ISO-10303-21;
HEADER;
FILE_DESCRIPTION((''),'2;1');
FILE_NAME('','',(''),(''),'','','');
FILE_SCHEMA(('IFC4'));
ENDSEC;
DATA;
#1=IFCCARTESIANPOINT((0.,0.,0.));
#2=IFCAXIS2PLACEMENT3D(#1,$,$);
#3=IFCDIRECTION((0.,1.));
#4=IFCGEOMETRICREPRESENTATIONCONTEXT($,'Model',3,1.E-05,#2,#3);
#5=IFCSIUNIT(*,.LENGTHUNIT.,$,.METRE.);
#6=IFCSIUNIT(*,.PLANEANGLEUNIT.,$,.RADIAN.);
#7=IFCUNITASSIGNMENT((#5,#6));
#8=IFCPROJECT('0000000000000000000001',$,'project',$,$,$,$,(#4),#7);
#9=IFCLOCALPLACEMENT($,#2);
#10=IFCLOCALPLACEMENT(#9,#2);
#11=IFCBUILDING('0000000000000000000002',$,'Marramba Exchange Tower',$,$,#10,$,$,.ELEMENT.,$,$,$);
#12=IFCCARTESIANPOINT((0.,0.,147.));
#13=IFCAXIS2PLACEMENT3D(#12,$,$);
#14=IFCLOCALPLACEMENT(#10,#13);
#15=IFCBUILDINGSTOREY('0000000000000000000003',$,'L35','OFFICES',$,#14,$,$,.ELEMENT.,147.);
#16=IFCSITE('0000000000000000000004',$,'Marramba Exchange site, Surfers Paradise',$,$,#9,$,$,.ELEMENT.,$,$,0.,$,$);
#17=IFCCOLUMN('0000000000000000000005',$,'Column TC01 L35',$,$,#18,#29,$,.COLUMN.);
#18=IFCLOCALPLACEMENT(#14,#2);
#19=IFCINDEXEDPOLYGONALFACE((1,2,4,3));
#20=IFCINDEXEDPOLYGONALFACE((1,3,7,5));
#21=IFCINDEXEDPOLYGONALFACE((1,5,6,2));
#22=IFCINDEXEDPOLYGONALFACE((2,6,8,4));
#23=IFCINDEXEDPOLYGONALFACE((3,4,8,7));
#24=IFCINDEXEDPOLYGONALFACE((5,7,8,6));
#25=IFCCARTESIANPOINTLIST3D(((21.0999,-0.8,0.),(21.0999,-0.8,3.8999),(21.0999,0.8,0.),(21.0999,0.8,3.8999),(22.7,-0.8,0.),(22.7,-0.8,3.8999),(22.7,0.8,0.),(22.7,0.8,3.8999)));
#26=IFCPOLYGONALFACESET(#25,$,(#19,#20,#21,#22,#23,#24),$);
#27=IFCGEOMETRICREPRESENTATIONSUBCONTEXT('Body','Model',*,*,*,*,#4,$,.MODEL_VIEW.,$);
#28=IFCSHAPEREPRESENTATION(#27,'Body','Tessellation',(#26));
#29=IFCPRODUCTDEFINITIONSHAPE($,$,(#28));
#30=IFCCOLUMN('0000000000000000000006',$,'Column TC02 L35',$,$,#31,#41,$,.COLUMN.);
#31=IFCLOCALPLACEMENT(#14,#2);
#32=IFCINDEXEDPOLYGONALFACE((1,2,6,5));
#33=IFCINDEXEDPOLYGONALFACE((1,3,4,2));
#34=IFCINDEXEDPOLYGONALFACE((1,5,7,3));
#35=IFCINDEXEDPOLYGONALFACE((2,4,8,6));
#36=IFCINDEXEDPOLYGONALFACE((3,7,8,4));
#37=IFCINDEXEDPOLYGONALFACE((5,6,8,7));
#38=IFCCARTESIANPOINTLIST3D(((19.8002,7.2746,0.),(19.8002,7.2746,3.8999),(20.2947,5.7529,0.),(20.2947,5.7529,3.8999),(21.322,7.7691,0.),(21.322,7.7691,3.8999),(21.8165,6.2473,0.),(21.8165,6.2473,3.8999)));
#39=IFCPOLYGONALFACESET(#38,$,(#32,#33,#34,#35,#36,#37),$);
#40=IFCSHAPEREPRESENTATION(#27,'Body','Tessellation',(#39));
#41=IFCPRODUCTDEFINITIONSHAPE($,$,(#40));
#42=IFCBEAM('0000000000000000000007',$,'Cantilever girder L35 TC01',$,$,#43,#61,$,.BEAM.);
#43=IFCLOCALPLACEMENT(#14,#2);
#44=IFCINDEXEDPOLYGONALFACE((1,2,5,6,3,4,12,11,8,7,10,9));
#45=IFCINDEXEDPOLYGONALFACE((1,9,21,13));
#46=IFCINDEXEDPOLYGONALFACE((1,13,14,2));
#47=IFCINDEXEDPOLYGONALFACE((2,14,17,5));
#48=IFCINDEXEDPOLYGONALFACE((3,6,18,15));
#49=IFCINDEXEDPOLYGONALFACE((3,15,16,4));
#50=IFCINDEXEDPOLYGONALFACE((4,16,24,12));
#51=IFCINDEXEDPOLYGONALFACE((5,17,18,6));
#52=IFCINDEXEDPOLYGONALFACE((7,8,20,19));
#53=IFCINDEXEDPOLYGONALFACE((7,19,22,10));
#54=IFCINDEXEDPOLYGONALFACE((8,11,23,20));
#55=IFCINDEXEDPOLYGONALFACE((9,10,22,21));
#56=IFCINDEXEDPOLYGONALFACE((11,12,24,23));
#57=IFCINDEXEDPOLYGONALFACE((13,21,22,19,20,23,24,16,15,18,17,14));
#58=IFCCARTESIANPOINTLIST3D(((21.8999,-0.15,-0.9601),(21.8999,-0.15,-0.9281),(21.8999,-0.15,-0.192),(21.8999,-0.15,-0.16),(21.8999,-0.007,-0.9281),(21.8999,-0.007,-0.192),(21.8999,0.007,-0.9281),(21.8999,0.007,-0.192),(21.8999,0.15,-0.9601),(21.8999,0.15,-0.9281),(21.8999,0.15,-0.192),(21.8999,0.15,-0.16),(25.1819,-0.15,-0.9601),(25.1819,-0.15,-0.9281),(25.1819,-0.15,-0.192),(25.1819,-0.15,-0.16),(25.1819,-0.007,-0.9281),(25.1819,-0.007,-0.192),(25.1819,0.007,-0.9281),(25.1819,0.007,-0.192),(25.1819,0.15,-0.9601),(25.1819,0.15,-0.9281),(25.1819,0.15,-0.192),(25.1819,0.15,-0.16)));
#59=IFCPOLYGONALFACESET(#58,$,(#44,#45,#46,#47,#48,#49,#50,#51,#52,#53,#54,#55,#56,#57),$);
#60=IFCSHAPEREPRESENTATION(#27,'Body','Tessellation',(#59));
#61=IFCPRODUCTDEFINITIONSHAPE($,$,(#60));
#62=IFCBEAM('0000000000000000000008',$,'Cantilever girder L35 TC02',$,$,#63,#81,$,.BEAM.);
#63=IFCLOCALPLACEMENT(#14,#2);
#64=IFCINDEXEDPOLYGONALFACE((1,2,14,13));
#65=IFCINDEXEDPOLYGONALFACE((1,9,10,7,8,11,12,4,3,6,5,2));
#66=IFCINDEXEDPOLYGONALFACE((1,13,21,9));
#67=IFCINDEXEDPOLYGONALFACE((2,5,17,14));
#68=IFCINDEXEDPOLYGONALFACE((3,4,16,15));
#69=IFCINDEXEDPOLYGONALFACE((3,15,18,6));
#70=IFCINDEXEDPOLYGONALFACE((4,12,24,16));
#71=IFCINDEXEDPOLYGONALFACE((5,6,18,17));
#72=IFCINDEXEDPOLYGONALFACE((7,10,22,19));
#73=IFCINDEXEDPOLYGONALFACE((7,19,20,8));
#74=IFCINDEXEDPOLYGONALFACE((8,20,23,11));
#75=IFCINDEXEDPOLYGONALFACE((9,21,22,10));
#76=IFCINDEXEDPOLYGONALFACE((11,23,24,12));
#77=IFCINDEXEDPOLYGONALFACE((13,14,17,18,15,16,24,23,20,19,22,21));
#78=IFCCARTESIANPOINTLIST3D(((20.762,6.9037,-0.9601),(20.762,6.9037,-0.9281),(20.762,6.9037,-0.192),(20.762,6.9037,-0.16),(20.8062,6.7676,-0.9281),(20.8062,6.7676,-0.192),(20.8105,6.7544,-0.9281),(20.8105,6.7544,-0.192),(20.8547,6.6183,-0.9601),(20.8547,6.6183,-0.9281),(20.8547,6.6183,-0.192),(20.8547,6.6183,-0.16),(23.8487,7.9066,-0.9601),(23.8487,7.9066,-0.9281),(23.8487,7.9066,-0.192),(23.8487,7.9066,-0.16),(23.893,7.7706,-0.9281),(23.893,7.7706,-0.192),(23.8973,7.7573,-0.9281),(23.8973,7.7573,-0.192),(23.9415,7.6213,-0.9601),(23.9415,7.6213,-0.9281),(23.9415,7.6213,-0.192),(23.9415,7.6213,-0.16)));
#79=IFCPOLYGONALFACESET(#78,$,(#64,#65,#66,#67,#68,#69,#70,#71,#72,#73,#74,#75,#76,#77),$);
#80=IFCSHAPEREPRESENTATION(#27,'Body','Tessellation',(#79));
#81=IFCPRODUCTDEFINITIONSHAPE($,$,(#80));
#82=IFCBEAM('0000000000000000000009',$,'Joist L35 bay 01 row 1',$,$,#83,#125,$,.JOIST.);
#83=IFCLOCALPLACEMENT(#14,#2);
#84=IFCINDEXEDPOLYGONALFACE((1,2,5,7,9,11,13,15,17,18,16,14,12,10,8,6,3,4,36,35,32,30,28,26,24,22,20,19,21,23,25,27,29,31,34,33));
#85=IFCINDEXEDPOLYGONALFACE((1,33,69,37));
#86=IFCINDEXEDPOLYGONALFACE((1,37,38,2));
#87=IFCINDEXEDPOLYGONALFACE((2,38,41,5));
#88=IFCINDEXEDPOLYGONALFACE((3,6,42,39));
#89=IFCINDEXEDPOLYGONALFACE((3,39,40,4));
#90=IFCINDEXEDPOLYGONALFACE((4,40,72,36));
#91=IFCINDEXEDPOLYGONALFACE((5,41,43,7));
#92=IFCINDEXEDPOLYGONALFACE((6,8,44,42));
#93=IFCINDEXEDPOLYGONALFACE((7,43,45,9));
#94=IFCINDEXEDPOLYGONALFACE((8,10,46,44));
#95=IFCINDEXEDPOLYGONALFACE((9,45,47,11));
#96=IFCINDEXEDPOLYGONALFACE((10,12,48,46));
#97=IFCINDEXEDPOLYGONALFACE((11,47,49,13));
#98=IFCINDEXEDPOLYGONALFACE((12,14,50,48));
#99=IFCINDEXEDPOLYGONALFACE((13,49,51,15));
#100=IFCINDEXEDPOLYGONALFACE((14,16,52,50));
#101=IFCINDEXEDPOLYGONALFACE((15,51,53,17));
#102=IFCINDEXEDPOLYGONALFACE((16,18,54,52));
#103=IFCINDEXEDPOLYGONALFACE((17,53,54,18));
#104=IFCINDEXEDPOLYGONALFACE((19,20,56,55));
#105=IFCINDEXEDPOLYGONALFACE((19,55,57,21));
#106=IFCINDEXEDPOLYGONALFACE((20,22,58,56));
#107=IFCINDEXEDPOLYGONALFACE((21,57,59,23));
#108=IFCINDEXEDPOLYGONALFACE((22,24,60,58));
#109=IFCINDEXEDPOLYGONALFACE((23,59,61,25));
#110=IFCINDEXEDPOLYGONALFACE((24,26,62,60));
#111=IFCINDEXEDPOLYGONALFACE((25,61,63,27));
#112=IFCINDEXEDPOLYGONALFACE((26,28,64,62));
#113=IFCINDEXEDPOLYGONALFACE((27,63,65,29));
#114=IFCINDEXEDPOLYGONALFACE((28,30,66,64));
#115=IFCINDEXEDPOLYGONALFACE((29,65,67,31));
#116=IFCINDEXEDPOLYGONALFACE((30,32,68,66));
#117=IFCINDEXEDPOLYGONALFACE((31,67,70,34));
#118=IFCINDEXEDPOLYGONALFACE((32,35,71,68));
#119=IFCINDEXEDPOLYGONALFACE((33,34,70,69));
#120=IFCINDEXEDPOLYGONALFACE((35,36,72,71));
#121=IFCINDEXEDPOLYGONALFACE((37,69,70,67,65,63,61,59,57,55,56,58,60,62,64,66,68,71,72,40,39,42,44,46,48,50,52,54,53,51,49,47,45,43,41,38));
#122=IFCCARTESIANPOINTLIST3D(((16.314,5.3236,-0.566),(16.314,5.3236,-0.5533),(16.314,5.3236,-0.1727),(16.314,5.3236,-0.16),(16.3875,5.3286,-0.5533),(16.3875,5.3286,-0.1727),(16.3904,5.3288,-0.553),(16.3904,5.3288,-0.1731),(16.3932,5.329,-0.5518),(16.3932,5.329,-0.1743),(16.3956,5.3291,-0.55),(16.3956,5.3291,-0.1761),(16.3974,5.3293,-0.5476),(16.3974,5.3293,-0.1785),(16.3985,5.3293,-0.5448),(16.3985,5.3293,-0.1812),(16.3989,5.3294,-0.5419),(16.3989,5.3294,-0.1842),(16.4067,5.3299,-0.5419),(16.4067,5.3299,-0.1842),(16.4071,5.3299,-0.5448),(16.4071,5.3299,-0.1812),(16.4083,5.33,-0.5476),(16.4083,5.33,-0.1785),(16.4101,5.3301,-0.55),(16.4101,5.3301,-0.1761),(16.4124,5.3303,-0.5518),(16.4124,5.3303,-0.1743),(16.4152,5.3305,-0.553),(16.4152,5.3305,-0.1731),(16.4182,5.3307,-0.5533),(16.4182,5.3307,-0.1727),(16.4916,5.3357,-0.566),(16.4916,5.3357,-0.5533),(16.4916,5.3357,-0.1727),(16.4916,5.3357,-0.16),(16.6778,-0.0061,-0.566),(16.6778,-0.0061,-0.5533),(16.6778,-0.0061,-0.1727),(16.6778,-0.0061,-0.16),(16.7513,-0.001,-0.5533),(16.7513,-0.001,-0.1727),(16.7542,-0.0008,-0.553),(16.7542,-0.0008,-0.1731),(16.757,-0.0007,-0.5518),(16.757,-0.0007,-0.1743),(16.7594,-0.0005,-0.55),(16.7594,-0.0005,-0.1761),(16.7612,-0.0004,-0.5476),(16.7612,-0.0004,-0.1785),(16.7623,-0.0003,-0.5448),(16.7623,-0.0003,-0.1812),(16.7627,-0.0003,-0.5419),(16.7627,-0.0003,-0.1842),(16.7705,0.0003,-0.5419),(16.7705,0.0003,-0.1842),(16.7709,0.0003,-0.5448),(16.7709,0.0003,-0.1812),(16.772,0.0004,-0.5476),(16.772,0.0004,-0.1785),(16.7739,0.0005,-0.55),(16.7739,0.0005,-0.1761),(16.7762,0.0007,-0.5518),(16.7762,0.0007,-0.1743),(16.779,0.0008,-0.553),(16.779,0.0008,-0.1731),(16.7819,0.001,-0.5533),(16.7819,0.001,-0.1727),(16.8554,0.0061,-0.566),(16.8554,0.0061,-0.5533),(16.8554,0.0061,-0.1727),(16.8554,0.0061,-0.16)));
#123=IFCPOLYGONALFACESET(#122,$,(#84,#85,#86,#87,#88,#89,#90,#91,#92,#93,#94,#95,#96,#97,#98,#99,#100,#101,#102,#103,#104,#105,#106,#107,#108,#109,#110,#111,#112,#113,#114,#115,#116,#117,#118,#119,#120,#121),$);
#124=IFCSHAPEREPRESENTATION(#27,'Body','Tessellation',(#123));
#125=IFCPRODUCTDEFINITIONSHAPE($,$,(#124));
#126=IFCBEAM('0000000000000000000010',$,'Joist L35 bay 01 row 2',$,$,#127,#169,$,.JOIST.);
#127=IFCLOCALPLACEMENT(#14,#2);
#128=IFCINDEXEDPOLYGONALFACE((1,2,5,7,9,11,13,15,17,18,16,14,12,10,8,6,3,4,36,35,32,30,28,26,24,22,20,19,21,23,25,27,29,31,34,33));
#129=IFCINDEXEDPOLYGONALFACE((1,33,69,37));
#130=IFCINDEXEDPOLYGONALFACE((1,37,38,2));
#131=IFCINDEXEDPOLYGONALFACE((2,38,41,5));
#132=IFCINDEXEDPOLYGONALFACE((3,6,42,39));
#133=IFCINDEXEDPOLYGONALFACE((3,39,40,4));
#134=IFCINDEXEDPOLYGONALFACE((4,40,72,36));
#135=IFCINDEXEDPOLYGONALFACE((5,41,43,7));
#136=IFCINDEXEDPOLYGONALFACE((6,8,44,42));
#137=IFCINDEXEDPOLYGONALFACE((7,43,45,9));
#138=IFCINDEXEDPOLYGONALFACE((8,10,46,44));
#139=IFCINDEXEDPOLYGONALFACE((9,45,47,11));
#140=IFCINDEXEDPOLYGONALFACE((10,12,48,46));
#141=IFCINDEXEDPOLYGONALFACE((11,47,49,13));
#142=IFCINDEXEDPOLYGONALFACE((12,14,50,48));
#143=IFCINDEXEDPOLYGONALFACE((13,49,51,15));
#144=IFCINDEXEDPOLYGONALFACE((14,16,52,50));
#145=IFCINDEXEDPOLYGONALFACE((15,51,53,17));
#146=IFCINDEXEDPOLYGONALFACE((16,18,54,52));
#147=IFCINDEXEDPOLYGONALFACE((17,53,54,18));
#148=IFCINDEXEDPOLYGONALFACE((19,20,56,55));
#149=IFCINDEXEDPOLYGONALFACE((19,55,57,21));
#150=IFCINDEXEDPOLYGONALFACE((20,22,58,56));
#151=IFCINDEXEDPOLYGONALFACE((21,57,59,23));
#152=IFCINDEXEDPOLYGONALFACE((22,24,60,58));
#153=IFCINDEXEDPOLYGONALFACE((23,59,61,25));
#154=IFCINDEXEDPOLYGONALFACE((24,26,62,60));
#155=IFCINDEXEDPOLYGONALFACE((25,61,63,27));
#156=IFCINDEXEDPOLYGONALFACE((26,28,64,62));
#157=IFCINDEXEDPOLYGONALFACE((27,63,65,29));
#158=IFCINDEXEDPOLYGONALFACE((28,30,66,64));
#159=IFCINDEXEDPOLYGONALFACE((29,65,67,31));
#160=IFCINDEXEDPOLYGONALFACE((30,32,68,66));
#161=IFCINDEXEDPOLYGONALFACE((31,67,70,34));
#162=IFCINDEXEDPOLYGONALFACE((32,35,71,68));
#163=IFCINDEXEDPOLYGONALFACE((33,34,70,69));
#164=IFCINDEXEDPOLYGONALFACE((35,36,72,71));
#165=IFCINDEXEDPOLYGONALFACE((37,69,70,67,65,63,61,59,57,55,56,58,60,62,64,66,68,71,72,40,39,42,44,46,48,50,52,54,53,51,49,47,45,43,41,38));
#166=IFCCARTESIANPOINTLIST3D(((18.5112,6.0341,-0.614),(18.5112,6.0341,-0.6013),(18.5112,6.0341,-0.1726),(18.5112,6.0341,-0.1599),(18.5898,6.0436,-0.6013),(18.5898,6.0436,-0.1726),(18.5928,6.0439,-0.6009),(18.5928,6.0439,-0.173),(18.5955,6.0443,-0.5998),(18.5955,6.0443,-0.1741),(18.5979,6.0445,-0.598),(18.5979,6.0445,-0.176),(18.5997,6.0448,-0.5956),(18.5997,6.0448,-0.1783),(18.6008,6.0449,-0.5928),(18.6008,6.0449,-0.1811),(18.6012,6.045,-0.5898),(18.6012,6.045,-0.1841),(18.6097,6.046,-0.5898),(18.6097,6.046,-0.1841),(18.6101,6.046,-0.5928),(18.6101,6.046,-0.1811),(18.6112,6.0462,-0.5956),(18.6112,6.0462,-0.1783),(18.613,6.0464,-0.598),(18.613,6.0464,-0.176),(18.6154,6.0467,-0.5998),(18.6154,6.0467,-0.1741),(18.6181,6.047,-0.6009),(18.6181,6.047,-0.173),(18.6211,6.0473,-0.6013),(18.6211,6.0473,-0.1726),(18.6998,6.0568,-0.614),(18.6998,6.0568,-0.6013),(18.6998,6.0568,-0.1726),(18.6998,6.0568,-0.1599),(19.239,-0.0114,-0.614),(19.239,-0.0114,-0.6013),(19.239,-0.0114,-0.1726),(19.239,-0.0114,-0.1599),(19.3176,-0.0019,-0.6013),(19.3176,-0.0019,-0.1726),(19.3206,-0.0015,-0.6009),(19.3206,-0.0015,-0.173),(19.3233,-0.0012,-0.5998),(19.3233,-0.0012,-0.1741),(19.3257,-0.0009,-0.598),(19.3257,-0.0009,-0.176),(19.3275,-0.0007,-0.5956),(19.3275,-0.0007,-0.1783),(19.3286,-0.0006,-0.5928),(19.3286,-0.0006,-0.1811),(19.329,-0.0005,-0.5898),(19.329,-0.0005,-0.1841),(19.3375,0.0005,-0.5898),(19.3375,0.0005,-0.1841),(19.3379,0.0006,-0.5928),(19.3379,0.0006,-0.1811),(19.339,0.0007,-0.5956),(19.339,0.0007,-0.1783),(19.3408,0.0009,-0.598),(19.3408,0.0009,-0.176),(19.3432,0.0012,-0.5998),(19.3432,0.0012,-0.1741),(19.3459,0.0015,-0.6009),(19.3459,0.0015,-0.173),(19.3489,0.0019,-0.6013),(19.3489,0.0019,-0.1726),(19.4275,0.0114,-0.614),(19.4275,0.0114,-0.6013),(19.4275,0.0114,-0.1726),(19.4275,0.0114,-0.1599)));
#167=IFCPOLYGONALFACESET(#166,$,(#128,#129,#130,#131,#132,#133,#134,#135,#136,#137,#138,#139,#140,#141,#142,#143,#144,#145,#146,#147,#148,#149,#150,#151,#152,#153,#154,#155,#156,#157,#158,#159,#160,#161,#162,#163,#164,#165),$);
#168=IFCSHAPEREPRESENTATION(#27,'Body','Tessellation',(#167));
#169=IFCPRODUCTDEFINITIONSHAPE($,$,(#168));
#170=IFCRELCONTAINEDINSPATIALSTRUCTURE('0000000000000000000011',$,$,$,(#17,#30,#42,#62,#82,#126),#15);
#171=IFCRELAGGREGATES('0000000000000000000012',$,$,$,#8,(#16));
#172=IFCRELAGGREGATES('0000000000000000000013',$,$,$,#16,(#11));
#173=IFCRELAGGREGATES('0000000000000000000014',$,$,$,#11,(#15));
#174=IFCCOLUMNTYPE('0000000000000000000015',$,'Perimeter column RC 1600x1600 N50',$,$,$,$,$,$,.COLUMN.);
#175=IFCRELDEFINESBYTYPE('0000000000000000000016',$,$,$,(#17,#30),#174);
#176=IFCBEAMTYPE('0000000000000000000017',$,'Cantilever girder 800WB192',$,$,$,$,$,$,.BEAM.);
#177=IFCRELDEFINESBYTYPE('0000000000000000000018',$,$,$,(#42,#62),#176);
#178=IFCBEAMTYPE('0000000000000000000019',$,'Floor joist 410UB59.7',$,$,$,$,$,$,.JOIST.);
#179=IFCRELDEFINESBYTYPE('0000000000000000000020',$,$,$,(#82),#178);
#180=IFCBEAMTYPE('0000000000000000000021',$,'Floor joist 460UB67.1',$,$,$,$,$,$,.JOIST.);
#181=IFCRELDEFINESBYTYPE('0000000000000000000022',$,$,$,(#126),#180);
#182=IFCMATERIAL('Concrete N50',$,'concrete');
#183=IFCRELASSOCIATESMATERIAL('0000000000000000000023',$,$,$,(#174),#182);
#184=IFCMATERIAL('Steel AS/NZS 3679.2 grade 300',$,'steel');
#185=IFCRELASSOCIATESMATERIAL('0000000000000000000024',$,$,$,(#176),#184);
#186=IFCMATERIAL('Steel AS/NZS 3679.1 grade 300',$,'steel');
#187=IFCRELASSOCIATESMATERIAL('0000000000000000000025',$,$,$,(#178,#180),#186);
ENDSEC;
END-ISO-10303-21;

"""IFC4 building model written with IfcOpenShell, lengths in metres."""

from ifc_helpers import new_model, si_unit, direction, frame, origin, origin_2d, place, context, subcontext, project, spatial, rectangle, i_section, extrude, material, material_profile, profile_set, type_object, element, save


model = new_model("IFC4")

# Units and contexts
model_context = context("Model", 3, precision=1e-05, world=origin(), true_north=direction((0.0, 1.0)))
body_context = subcontext(model_context, "Body", "Model", "MODEL_VIEW")
ifc_project = project(units=[si_unit("LENGTHUNIT", "METRE"), si_unit("PLANEANGLEUNIT", "RADIAN")], contexts=[model_context])

# Site, building, storey
site_placement = place(None, origin())
site = spatial("IfcSite", under=ifc_project, at=site_placement, Name="Marramba Exchange site, Surfers Paradise", CompositionType="ELEMENT", RefElevation=0.0)
building_placement = place(site_placement, origin())
building = spatial("IfcBuilding", under=site, at=building_placement, Name="Marramba Exchange Tower", CompositionType="ELEMENT")
storey_placement = place(building_placement, frame((0.0, 0.0, 147.0)))
storey = spatial("IfcBuildingStorey", under=building, at=storey_placement, Name="L35", Description="OFFICES", CompositionType="ELEMENT", Elevation=147.0)

# Columns
ifc_material_1 = material(Name="Concrete N50", Category="concrete")
ifc_material_profile_1 = material_profile(ifc_material_1, rectangle(XDim=1.6001, YDim=1.6001, at=origin_2d()), Name="RC 1600x1600")
ifc_profile_set_1 = profile_set([ifc_material_profile_1], Name="Concrete N50")
column_type = type_object("IfcColumnType", Name="Perimeter column RC 1600x1600 N50", PredefinedType="COLUMN", material=ifc_profile_set_1)
for number, where, z_axis, x_axis, name in (
    (1, (21.8999, 0.0, 0.0), (0.0, 0.0, 1.0), (1.0, 0.0, 0.0), "Column TC01 L35"),
    (2, (20.8083, 6.761, 0.0), (0.0, 0.0, 1.0), (0.951057, 0.309017, 0.0), "Column TC02 L35"),
):
    element("IfcColumn", number, at=place(storey_placement, frame(where, z_axis=z_axis, x_axis=x_axis)), inside=storey, type_object=column_type, Name=name, PredefinedType="COLUMN", context=body_context, shape_type="SweptSolid", body=[
        extrude(rectangle(XDim=1.6001, YDim=1.6001, at=origin_2d()), origin(), (0.0, 0.0, 1.0), 3.8999),
    ])

# Beams
ifc_material_2 = material(Name="Steel AS/NZS 3679.2 grade 300", Category="steel")
ifc_material_profile_2 = material_profile(ifc_material_2, i_section(OverallWidth=0.3, OverallDepth=0.8, WebThickness=0.0139, FlangeThickness=0.032, at=origin_2d()), Name="800WB192")
ifc_profile_set_2 = profile_set([ifc_material_profile_2], Name="Steel AS/NZS 3679.2 grade 300")
beam_type_1 = type_object("IfcBeamType", Name="Cantilever girder 800WB192", PredefinedType="BEAM", material=ifc_profile_set_2)
beam_1_placement = place(storey_placement, frame((21.8999, 0.0, -0.5601), z_axis=(1.0, 0.0, 0.0), x_axis=(0.0, 1.0, 0.0)))
element("IfcBeam", 3, at=beam_1_placement, inside=storey, type_object=beam_type_1, Name="Cantilever girder L35 TC01", PredefinedType="BEAM", context=body_context, shape_type="SweptSolid", body=[
    extrude(i_section(OverallWidth=0.3, OverallDepth=0.8, WebThickness=0.0139, FlangeThickness=0.032, at=origin_2d()), origin(), (0.0, 0.0, 1.0), 3.282),
])
beam_2_placement = place(storey_placement, frame((20.8083, 6.761, -0.5601), z_axis=(0.951056, 0.30902, 0.0), x_axis=(-0.30902, 0.951056, 0.0)))
element("IfcBeam", 4, at=beam_2_placement, inside=storey, type_object=beam_type_1, Name="Cantilever girder L35 TC02", PredefinedType="BEAM", context=body_context, shape_type="SweptSolid", body=[
    extrude(i_section(OverallWidth=0.3, OverallDepth=0.8, WebThickness=0.0139, FlangeThickness=0.032, at=origin_2d()), origin(), (0.0, 0.0, 1.0), 3.2456),
])
ifc_material_3 = material(Name="Steel AS/NZS 3679.1 grade 300", Category="steel")
ifc_material_profile_3 = material_profile(ifc_material_3, i_section(OverallWidth=0.178, OverallDepth=0.406, WebThickness=0.0078, FlangeThickness=0.0127, FilletRadius=0.0115, at=origin_2d()), Name="410UB59.7")
ifc_profile_set_3 = profile_set([ifc_material_profile_3], Name="Steel AS/NZS 3679.1 grade 300")
beam_type_2 = type_object("IfcBeamType", Name="Floor joist 410UB59.7", PredefinedType="JOIST", material=ifc_profile_set_3)
beam_3_placement = place(storey_placement, frame((16.7666, 0.0, -0.363), z_axis=(-0.068096, 0.997679, 0.0), x_axis=(-0.997679, -0.068096, 0.0)))
element("IfcBeam", 5, at=beam_3_placement, inside=storey, type_object=beam_type_2, Name="Joist L35 bay 01 row 1", PredefinedType="JOIST", context=body_context, shape_type="SweptSolid", body=[
    extrude(i_section(OverallWidth=0.178, OverallDepth=0.406, WebThickness=0.0078, FlangeThickness=0.0127, FilletRadius=0.0115, at=origin_2d()), origin(), (0.0, 0.0, 1.0), 5.342),
])
ifc_material_profile_4 = material_profile(ifc_material_3, i_section(OverallWidth=0.1899, OverallDepth=0.4541, WebThickness=0.0085, FlangeThickness=0.0127, FilletRadius=0.0115, at=origin_2d()), Name="460UB67.1")
ifc_profile_set_4 = profile_set([ifc_material_profile_4], Name="Steel AS/NZS 3679.1 grade 300")
beam_type_3 = type_object("IfcBeamType", Name="Floor joist 460UB67.1", PredefinedType="JOIST", material=ifc_profile_set_4)
beam_4_placement = place(storey_placement, frame((19.3333, 0.0, -0.387), z_axis=(-0.119523, 0.992831, 0.0), x_axis=(-0.992831, -0.119523, 0.0)))
element("IfcBeam", 6, at=beam_4_placement, inside=storey, type_object=beam_type_3, Name="Joist L35 bay 01 row 2", PredefinedType="JOIST", context=body_context, shape_type="SweptSolid", body=[
    extrude(i_section(OverallWidth=0.1899, OverallDepth=0.4541, WebThickness=0.0085, FlangeThickness=0.0127, FilletRadius=0.0115, at=origin_2d()), origin(), (0.0, 0.0, 1.0), 6.0891),
])

save(model, "model.ifc")
